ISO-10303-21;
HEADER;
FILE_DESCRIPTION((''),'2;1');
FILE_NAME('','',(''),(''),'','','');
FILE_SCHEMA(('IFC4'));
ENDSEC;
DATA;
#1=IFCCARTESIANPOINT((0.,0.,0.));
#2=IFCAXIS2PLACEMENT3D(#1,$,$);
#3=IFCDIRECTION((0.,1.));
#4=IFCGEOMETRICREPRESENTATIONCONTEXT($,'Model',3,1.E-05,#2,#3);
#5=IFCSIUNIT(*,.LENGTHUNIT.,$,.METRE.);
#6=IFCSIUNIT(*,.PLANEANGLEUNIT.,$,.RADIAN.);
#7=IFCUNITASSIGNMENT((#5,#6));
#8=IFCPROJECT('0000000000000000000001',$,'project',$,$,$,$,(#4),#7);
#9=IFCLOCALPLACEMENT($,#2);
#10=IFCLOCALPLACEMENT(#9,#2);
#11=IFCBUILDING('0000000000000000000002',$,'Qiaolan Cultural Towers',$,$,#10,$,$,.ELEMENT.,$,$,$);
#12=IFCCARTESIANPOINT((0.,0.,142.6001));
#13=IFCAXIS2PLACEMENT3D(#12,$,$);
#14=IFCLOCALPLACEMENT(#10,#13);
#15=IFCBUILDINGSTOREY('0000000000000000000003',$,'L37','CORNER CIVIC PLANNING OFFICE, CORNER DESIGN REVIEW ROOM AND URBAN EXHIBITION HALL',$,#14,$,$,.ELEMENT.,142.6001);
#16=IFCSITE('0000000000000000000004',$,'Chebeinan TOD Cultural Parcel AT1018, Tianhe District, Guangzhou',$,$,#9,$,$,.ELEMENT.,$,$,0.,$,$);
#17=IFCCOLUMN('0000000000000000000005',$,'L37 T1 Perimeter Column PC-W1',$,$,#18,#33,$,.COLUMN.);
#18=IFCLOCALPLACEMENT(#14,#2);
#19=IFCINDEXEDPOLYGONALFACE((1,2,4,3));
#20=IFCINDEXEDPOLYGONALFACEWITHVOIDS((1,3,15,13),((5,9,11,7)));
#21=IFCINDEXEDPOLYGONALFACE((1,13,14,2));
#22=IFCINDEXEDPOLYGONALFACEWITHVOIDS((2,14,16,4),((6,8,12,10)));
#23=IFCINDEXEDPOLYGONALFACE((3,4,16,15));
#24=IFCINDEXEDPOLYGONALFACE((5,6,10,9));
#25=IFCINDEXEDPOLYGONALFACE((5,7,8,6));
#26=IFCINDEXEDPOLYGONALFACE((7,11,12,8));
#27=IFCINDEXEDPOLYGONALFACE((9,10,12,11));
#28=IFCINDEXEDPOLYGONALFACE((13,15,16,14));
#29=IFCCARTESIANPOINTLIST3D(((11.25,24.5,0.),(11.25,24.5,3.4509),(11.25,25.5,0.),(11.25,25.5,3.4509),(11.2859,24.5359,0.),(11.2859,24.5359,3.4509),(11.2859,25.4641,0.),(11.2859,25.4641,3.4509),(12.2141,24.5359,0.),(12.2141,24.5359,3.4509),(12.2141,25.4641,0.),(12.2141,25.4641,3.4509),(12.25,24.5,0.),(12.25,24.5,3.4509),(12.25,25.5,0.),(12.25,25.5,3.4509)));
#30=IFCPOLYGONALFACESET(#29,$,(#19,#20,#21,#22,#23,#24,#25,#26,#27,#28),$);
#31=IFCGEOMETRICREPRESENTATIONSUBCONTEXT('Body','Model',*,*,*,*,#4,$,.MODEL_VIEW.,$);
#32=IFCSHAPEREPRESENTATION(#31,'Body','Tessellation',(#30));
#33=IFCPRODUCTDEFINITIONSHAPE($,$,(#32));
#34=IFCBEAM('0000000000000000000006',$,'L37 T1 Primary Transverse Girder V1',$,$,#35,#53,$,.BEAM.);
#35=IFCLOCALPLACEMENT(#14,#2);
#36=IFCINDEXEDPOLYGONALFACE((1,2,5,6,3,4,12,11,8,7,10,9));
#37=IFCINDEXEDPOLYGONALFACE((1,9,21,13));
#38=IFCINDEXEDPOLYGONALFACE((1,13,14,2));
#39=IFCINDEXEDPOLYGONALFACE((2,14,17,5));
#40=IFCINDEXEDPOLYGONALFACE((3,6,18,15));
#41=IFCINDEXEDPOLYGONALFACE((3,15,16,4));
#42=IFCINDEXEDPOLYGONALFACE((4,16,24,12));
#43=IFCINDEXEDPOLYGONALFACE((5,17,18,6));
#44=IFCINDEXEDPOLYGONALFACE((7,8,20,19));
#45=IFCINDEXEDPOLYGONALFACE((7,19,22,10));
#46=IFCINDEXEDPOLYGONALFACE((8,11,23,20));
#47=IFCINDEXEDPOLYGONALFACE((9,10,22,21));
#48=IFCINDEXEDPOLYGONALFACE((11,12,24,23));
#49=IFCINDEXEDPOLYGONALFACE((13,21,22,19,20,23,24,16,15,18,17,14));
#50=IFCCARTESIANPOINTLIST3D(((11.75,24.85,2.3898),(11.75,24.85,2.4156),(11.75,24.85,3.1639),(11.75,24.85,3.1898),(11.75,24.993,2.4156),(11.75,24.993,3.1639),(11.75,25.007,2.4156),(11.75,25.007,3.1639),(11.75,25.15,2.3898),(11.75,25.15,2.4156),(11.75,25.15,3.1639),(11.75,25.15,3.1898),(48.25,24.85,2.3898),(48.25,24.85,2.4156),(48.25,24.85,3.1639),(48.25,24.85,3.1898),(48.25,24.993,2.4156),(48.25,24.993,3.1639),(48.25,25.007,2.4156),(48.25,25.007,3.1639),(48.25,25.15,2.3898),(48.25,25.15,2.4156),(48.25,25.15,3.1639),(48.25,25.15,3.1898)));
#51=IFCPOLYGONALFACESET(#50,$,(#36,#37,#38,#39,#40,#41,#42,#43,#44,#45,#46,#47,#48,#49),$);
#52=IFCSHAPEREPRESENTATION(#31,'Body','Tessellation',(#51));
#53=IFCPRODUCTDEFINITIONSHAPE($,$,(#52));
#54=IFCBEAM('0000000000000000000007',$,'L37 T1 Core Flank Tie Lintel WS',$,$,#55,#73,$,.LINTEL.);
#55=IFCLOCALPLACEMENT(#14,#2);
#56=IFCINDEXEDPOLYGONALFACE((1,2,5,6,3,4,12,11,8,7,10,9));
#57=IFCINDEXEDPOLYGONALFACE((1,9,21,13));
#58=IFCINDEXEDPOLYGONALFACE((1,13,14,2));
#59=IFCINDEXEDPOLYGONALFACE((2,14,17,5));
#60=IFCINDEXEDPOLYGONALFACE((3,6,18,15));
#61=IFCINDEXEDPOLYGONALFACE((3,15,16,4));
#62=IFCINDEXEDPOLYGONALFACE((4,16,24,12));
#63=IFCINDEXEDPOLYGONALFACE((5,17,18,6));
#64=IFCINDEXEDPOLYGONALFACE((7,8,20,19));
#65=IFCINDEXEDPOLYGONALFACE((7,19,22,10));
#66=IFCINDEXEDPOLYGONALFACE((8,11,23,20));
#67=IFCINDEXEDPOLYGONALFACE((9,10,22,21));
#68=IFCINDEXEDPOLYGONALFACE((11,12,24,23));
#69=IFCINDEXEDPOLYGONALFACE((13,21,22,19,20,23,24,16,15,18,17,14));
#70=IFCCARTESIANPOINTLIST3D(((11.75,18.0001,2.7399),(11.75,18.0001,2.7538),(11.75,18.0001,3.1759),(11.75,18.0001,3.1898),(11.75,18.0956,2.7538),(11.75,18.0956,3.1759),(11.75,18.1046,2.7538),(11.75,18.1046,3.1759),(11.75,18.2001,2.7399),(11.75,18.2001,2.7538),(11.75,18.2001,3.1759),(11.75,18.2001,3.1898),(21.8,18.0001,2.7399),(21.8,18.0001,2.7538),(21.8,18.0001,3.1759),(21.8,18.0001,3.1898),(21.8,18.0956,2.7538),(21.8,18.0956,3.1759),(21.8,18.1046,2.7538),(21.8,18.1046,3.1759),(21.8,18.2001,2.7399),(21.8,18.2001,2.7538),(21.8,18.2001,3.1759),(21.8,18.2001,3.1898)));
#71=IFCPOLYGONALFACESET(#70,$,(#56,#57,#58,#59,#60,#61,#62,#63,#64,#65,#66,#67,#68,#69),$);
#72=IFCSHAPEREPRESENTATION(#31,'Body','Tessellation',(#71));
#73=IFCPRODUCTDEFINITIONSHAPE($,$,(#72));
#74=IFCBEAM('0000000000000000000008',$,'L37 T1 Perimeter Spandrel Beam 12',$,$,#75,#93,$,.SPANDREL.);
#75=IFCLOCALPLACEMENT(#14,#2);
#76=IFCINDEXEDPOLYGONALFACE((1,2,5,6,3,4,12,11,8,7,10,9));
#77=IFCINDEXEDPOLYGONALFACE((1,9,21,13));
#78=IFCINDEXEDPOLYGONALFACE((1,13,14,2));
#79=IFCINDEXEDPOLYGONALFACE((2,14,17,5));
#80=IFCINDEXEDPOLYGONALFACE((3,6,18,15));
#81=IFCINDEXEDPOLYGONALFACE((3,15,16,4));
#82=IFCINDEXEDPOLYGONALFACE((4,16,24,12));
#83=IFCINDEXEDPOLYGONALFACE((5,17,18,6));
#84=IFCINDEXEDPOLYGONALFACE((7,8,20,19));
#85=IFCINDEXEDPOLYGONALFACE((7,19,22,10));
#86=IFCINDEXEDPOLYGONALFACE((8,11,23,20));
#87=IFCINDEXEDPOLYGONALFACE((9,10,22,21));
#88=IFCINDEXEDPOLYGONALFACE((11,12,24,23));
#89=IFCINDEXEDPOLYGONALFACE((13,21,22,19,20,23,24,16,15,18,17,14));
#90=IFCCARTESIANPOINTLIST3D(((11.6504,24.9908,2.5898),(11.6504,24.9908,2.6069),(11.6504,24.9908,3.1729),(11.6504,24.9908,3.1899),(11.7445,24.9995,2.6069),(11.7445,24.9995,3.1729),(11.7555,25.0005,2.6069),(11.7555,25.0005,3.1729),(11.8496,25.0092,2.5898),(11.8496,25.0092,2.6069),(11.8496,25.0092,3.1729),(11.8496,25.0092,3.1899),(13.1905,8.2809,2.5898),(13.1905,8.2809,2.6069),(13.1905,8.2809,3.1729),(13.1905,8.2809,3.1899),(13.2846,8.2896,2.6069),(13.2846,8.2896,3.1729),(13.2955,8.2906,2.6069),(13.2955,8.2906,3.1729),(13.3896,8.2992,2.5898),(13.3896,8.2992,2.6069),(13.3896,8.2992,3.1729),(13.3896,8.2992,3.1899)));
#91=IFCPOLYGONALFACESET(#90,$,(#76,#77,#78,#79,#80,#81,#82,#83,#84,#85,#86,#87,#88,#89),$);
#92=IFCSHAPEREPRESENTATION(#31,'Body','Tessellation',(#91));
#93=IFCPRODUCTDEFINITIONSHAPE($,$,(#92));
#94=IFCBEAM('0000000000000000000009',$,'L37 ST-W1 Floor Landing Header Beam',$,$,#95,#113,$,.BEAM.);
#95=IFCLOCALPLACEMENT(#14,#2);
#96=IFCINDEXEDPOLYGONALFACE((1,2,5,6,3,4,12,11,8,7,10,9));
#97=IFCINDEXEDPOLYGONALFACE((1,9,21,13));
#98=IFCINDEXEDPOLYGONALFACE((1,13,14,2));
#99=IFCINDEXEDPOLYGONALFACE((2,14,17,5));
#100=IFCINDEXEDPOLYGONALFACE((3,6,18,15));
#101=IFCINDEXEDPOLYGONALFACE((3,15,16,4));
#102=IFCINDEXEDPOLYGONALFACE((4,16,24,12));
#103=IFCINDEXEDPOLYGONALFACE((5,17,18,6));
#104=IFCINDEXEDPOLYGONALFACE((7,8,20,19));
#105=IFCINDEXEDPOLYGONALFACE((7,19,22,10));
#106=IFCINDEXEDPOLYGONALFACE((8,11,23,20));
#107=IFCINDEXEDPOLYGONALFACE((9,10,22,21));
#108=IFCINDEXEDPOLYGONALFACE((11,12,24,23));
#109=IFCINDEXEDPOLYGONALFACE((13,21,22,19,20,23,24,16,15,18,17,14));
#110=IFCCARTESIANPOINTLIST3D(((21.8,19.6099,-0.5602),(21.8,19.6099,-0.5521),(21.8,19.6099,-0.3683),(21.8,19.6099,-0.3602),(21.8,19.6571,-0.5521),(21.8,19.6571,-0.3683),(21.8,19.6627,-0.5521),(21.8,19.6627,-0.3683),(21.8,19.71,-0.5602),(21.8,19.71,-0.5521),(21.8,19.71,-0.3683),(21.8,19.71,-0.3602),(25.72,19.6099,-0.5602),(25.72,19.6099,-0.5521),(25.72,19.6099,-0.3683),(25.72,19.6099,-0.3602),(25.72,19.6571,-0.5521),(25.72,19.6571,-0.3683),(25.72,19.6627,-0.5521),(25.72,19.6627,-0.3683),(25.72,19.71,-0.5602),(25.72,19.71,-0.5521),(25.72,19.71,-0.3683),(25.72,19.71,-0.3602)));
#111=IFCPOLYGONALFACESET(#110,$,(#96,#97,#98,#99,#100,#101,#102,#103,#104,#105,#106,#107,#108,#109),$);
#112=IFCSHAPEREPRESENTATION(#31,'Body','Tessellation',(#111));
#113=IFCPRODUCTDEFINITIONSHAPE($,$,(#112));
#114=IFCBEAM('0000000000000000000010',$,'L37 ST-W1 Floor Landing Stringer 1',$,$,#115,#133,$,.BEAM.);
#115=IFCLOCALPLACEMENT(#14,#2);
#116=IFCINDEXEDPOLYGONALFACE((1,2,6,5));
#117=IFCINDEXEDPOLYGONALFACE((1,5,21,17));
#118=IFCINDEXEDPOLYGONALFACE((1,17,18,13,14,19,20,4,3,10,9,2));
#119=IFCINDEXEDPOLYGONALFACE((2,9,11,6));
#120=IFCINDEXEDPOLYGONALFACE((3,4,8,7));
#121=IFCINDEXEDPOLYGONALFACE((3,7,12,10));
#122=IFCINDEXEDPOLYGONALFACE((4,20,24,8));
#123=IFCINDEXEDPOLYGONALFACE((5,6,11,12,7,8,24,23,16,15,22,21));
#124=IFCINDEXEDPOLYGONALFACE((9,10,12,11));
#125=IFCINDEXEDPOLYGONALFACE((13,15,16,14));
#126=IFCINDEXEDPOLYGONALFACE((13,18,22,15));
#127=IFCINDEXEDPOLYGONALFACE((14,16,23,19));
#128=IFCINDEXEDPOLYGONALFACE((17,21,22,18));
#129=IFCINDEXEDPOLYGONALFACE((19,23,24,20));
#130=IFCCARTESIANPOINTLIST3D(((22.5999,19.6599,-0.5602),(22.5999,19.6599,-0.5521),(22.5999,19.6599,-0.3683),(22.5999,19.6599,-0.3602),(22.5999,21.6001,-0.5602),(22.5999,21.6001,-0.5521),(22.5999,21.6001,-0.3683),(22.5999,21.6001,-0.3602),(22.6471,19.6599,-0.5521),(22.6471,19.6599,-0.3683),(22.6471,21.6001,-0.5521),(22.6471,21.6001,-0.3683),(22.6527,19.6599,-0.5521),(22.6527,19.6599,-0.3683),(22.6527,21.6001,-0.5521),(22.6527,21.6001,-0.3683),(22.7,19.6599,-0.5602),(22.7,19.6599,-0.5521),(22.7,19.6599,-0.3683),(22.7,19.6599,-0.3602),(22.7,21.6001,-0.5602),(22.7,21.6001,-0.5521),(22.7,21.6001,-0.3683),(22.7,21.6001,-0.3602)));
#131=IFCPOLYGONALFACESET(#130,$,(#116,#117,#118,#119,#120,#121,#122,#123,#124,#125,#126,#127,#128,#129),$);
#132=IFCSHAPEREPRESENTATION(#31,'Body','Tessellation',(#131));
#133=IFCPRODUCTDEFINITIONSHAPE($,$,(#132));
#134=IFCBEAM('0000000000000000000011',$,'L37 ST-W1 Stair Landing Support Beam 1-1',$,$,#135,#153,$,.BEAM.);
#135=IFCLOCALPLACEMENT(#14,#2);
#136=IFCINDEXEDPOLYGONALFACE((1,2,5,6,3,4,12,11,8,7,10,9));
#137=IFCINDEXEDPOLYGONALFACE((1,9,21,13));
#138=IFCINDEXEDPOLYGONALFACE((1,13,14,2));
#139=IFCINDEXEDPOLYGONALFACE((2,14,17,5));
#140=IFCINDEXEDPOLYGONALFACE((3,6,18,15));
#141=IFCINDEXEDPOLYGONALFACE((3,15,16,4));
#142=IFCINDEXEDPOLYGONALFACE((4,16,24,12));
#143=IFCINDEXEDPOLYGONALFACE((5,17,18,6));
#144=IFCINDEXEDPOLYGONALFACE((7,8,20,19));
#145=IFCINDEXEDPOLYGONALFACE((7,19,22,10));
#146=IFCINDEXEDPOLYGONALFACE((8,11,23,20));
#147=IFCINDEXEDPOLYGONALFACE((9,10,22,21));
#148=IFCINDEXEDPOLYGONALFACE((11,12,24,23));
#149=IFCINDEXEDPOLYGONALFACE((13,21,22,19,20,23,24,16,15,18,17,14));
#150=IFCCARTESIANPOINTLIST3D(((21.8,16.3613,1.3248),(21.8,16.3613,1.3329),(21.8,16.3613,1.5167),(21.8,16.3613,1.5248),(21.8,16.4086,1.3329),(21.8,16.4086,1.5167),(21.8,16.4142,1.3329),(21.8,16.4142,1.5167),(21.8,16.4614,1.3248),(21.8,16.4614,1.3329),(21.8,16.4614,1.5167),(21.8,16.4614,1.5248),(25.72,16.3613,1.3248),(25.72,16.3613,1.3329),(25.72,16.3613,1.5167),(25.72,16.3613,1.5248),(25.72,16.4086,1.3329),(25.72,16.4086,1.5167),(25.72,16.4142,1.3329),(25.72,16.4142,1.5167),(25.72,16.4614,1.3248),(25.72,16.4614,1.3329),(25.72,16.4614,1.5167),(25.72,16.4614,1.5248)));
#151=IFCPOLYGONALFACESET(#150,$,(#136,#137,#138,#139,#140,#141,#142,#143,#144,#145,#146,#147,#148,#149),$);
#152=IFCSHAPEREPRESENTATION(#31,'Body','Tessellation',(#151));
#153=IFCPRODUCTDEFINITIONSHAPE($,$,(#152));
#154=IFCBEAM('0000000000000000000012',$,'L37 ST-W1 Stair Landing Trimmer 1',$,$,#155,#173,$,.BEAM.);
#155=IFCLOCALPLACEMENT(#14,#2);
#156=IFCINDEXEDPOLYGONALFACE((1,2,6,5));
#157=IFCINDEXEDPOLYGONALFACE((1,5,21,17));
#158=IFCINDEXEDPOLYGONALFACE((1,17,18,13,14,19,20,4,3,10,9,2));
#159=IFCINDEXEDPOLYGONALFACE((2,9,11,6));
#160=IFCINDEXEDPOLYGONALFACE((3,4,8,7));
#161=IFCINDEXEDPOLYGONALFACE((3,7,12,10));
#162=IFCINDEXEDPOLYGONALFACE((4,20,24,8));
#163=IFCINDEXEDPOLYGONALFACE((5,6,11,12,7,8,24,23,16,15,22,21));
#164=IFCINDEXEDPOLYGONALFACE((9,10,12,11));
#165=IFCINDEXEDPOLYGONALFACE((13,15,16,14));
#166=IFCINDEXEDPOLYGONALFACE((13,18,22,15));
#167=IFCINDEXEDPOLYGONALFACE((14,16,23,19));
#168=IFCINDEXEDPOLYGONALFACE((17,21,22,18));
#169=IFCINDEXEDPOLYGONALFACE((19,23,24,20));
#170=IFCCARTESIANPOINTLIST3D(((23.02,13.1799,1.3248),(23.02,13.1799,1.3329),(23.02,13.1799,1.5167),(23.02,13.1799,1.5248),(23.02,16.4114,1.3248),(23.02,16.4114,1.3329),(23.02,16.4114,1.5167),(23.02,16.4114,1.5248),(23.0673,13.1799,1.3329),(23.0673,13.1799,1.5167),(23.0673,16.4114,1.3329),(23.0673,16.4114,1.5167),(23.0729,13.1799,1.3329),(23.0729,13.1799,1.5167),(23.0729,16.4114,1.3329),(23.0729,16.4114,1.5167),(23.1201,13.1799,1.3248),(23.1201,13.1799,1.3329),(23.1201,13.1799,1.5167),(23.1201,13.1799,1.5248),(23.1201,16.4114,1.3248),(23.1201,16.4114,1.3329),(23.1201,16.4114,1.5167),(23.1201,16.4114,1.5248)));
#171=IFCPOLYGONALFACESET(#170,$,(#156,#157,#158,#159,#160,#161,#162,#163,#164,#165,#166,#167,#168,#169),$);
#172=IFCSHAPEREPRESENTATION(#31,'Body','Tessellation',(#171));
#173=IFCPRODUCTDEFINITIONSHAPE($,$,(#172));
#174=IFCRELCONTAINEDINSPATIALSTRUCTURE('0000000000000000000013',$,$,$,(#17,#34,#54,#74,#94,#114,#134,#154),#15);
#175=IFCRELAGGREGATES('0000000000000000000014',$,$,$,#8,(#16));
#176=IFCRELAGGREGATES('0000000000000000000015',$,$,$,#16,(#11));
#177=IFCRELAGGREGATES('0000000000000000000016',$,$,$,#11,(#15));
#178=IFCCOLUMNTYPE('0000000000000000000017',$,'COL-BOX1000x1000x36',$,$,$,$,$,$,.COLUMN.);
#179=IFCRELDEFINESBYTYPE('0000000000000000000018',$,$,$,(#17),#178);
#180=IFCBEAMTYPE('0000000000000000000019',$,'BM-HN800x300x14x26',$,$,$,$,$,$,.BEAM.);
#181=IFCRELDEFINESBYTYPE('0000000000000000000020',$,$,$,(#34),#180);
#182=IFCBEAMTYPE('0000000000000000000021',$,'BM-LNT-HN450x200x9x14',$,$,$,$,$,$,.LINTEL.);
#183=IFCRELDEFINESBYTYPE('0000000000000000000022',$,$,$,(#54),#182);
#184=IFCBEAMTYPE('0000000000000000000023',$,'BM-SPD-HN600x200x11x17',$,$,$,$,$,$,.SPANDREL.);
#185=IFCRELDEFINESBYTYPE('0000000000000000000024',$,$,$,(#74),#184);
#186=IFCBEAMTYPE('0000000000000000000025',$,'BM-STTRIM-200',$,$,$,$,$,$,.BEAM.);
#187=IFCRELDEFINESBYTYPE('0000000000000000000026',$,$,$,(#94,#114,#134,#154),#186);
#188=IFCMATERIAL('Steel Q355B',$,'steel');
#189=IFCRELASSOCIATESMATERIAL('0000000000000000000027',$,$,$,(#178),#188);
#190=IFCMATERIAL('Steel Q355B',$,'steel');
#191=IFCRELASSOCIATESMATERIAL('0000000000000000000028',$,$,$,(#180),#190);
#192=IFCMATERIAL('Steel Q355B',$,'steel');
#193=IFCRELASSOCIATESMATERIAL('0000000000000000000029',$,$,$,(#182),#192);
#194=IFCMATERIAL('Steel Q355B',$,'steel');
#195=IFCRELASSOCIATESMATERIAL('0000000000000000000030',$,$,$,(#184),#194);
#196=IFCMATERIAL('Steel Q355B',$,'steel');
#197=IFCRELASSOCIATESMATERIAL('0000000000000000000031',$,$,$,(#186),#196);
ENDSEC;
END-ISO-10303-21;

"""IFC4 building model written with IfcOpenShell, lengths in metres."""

from ifc_helpers import new_model, si_unit, direction, frame, origin, origin_2d, place, context, subcontext, project, spatial, hollow_rectangle, i_section, extrude, material, material_profile, profile_set, type_object, element, save


model = new_model("IFC4")

# Units and contexts
model_context = context("Model", 3, precision=1e-05, world=origin(), true_north=direction((0.0, 1.0)))
body_context = subcontext(model_context, "Body", "Model", "MODEL_VIEW")
ifc_project = project(units=[si_unit("LENGTHUNIT", "METRE"), si_unit("PLANEANGLEUNIT", "RADIAN")], contexts=[model_context])

# Site, building, storey
site_placement = place(None, origin())
site = spatial("IfcSite", under=ifc_project, at=site_placement, Name="Chebeinan TOD Cultural Parcel AT1018, Tianhe District, Guangzhou", CompositionType="ELEMENT", RefElevation=0.0)
building_placement = place(site_placement, origin())
building = spatial("IfcBuilding", under=site, at=building_placement, Name="Qiaolan Cultural Towers", CompositionType="ELEMENT")
storey_placement = place(building_placement, frame((0.0, 0.0, 142.6001)))
storey = spatial("IfcBuildingStorey", under=building, at=storey_placement, Name="L37", Description="CORNER CIVIC PLANNING OFFICE, CORNER DESIGN REVIEW ROOM AND URBAN EXHIBITION HALL", CompositionType="ELEMENT", Elevation=142.6001)

# Column
ifc_material_1 = material(Name="Steel Q355B", Category="steel")
ifc_material_profile_1 = material_profile(ifc_material_1, hollow_rectangle(XDim=1.0, YDim=1.0, WallThickness=0.0359, at=origin_2d()), Name="BOX1000x1000x36")
ifc_profile_set_1 = profile_set([ifc_material_profile_1], Name="Steel Q355B")
column_type = type_object("IfcColumnType", Name="COL-BOX1000x1000x36", PredefinedType="COLUMN", material=ifc_profile_set_1)
column_placement = place(storey_placement, frame((11.75, 25.0, 0.0), z_axis=(0.0, 0.0, 1.0), x_axis=(1.0, 0.0, 0.0)))
element("IfcColumn", 1, at=column_placement, inside=storey, type_object=column_type, Name="L37 T1 Perimeter Column PC-W1", PredefinedType="COLUMN", context=body_context, shape_type="SweptSolid", body=[
    extrude(hollow_rectangle(XDim=1.0, YDim=1.0, WallThickness=0.0359, at=origin_2d()), origin(), (0.0, 0.0, 1.0), 3.4509),
])

# Beams
ifc_material_2 = material(Name="Steel Q355B", Category="steel")
ifc_material_profile_2 = material_profile(ifc_material_2, i_section(OverallWidth=0.3, OverallDepth=0.8, WebThickness=0.0139, FlangeThickness=0.0259, at=origin_2d()), Name="HN800x300x14x26")
ifc_profile_set_2 = profile_set([ifc_material_profile_2], Name="Steel Q355B")
beam_type_1 = type_object("IfcBeamType", Name="BM-HN800x300x14x26", PredefinedType="BEAM", material=ifc_profile_set_2)
beam_1_placement = place(storey_placement, frame((11.75, 25.0, 2.7898), z_axis=(1.0, 0.0, 0.0), x_axis=(0.0, 1.0, 0.0)))
element("IfcBeam", 2, at=beam_1_placement, inside=storey, type_object=beam_type_1, Name="L37 T1 Primary Transverse Girder V1", PredefinedType="BEAM", context=body_context, shape_type="SweptSolid", body=[
    extrude(i_section(OverallWidth=0.3, OverallDepth=0.8, WebThickness=0.0139, FlangeThickness=0.0259, at=origin_2d()), origin(), (0.0, 0.0, 1.0), 36.5),
])
ifc_material_3 = material(Name="Steel Q355B", Category="steel")
ifc_material_profile_3 = material_profile(ifc_material_3, i_section(OverallWidth=0.2, OverallDepth=0.45, WebThickness=0.009, FlangeThickness=0.0139, at=origin_2d()), Name="HN450x200x9x14")
ifc_profile_set_3 = profile_set([ifc_material_profile_3], Name="Steel Q355B")
beam_type_2 = type_object("IfcBeamType", Name="BM-LNT-HN450x200x9x14", PredefinedType="LINTEL", material=ifc_profile_set_3)
beam_2_placement = place(storey_placement, frame((21.8, 18.1001, 2.9648), z_axis=(-1.0, 0.0, 0.0), x_axis=(0.0, -1.0, 0.0)))
element("IfcBeam", 3, at=beam_2_placement, inside=storey, type_object=beam_type_2, Name="L37 T1 Core Flank Tie Lintel WS", PredefinedType="LINTEL", context=body_context, shape_type="SweptSolid", body=[
    extrude(i_section(OverallWidth=0.2, OverallDepth=0.45, WebThickness=0.009, FlangeThickness=0.0139, at=origin_2d()), origin(), (0.0, 0.0, 1.0), 10.05),
])
ifc_material_4 = material(Name="Steel Q355B", Category="steel")
ifc_material_profile_4 = material_profile(ifc_material_4, i_section(OverallWidth=0.2, OverallDepth=0.6001, WebThickness=0.011, FlangeThickness=0.0171, at=origin_2d()), Name="HN600x200x11x17")
ifc_profile_set_4 = profile_set([ifc_material_profile_4], Name="Steel Q355B")
beam_type_3 = type_object("IfcBeamType", Name="BM-SPD-HN600x200x11x17", PredefinedType="SPANDREL", material=ifc_profile_set_4)
beam_3_placement = place(storey_placement, frame((11.75, 25.0, 2.8899), z_axis=(0.091774, -0.99578, 0.0), x_axis=(0.99578, 0.091774, 0.0)))
element("IfcBeam", 4, at=beam_3_placement, inside=storey, type_object=beam_type_3, Name="L37 T1 Perimeter Spandrel Beam 12", PredefinedType="SPANDREL", context=body_context, shape_type="SweptSolid", body=[
    extrude(i_section(OverallWidth=0.2, OverallDepth=0.6001, WebThickness=0.011, FlangeThickness=0.0171, at=origin_2d()), origin(), (0.0, 0.0, 1.0), 16.7808),
])
ifc_material_5 = material(Name="Steel Q355B", Category="steel")
ifc_material_profile_5 = material_profile(ifc_material_5, i_section(OverallWidth=0.1001, OverallDepth=0.2, WebThickness=0.0056, FlangeThickness=0.0081, at=origin_2d()), Name="HN200x100x5.5x8")
ifc_profile_set_5 = profile_set([ifc_material_profile_5], Name="Steel Q355B")
beam_type_4 = type_object("IfcBeamType", Name="BM-STTRIM-200", PredefinedType="BEAM", material=ifc_profile_set_5)
beam_4_placement = place(storey_placement, frame((21.8, 19.6599, -0.4602), z_axis=(1.0, 0.0, 0.0), x_axis=(0.0, 1.0, 0.0)))
element("IfcBeam", 5, at=beam_4_placement, inside=storey, type_object=beam_type_4, Name="L37 ST-W1 Floor Landing Header Beam", PredefinedType="BEAM", context=body_context, shape_type="SweptSolid", body=[
    extrude(i_section(OverallWidth=0.1001, OverallDepth=0.2, WebThickness=0.0056, FlangeThickness=0.0081, at=origin_2d()), origin(), (0.0, 0.0, 1.0), 3.9199),
])
beam_5_placement = place(storey_placement, frame((22.6499, 21.6001, -0.4602), z_axis=(0.0, -1.0, 0.0), x_axis=(1.0, 0.0, 0.0)))
element("IfcBeam", 6, at=beam_5_placement, inside=storey, type_object=beam_type_4, Name="L37 ST-W1 Floor Landing Stringer 1", PredefinedType="BEAM", context=body_context, shape_type="SweptSolid", body=[
    extrude(i_section(OverallWidth=0.1001, OverallDepth=0.2, WebThickness=0.0056, FlangeThickness=0.0081, at=origin_2d()), origin(), (0.0, 0.0, 1.0), 1.9402),
])
beam_6_placement = place(storey_placement, frame((21.8, 16.4114, 1.4248), z_axis=(1.0, 0.0, 0.0), x_axis=(0.0, 1.0, 0.0)))
element("IfcBeam", 7, at=beam_6_placement, inside=storey, type_object=beam_type_4, Name="L37 ST-W1 Stair Landing Support Beam 1-1", PredefinedType="BEAM", context=body_context, shape_type="SweptSolid", body=[
    extrude(i_section(OverallWidth=0.1001, OverallDepth=0.2, WebThickness=0.0056, FlangeThickness=0.0081, at=origin_2d()), origin(), (0.0, 0.0, 1.0), 3.9199),
])
beam_7_placement = place(storey_placement, frame((23.0701, 16.4114, 1.4248), z_axis=(0.0, -1.0, 0.0), x_axis=(1.0, 0.0, 0.0)))
element("IfcBeam", 8, at=beam_7_placement, inside=storey, type_object=beam_type_4, Name="L37 ST-W1 Stair Landing Trimmer 1", PredefinedType="BEAM", context=body_context, shape_type="SweptSolid", body=[
    extrude(i_section(OverallWidth=0.1001, OverallDepth=0.2, WebThickness=0.0056, FlangeThickness=0.0081, at=origin_2d()), origin(), (0.0, 0.0, 1.0), 3.2314),
])

save(model, "model.ifc")
